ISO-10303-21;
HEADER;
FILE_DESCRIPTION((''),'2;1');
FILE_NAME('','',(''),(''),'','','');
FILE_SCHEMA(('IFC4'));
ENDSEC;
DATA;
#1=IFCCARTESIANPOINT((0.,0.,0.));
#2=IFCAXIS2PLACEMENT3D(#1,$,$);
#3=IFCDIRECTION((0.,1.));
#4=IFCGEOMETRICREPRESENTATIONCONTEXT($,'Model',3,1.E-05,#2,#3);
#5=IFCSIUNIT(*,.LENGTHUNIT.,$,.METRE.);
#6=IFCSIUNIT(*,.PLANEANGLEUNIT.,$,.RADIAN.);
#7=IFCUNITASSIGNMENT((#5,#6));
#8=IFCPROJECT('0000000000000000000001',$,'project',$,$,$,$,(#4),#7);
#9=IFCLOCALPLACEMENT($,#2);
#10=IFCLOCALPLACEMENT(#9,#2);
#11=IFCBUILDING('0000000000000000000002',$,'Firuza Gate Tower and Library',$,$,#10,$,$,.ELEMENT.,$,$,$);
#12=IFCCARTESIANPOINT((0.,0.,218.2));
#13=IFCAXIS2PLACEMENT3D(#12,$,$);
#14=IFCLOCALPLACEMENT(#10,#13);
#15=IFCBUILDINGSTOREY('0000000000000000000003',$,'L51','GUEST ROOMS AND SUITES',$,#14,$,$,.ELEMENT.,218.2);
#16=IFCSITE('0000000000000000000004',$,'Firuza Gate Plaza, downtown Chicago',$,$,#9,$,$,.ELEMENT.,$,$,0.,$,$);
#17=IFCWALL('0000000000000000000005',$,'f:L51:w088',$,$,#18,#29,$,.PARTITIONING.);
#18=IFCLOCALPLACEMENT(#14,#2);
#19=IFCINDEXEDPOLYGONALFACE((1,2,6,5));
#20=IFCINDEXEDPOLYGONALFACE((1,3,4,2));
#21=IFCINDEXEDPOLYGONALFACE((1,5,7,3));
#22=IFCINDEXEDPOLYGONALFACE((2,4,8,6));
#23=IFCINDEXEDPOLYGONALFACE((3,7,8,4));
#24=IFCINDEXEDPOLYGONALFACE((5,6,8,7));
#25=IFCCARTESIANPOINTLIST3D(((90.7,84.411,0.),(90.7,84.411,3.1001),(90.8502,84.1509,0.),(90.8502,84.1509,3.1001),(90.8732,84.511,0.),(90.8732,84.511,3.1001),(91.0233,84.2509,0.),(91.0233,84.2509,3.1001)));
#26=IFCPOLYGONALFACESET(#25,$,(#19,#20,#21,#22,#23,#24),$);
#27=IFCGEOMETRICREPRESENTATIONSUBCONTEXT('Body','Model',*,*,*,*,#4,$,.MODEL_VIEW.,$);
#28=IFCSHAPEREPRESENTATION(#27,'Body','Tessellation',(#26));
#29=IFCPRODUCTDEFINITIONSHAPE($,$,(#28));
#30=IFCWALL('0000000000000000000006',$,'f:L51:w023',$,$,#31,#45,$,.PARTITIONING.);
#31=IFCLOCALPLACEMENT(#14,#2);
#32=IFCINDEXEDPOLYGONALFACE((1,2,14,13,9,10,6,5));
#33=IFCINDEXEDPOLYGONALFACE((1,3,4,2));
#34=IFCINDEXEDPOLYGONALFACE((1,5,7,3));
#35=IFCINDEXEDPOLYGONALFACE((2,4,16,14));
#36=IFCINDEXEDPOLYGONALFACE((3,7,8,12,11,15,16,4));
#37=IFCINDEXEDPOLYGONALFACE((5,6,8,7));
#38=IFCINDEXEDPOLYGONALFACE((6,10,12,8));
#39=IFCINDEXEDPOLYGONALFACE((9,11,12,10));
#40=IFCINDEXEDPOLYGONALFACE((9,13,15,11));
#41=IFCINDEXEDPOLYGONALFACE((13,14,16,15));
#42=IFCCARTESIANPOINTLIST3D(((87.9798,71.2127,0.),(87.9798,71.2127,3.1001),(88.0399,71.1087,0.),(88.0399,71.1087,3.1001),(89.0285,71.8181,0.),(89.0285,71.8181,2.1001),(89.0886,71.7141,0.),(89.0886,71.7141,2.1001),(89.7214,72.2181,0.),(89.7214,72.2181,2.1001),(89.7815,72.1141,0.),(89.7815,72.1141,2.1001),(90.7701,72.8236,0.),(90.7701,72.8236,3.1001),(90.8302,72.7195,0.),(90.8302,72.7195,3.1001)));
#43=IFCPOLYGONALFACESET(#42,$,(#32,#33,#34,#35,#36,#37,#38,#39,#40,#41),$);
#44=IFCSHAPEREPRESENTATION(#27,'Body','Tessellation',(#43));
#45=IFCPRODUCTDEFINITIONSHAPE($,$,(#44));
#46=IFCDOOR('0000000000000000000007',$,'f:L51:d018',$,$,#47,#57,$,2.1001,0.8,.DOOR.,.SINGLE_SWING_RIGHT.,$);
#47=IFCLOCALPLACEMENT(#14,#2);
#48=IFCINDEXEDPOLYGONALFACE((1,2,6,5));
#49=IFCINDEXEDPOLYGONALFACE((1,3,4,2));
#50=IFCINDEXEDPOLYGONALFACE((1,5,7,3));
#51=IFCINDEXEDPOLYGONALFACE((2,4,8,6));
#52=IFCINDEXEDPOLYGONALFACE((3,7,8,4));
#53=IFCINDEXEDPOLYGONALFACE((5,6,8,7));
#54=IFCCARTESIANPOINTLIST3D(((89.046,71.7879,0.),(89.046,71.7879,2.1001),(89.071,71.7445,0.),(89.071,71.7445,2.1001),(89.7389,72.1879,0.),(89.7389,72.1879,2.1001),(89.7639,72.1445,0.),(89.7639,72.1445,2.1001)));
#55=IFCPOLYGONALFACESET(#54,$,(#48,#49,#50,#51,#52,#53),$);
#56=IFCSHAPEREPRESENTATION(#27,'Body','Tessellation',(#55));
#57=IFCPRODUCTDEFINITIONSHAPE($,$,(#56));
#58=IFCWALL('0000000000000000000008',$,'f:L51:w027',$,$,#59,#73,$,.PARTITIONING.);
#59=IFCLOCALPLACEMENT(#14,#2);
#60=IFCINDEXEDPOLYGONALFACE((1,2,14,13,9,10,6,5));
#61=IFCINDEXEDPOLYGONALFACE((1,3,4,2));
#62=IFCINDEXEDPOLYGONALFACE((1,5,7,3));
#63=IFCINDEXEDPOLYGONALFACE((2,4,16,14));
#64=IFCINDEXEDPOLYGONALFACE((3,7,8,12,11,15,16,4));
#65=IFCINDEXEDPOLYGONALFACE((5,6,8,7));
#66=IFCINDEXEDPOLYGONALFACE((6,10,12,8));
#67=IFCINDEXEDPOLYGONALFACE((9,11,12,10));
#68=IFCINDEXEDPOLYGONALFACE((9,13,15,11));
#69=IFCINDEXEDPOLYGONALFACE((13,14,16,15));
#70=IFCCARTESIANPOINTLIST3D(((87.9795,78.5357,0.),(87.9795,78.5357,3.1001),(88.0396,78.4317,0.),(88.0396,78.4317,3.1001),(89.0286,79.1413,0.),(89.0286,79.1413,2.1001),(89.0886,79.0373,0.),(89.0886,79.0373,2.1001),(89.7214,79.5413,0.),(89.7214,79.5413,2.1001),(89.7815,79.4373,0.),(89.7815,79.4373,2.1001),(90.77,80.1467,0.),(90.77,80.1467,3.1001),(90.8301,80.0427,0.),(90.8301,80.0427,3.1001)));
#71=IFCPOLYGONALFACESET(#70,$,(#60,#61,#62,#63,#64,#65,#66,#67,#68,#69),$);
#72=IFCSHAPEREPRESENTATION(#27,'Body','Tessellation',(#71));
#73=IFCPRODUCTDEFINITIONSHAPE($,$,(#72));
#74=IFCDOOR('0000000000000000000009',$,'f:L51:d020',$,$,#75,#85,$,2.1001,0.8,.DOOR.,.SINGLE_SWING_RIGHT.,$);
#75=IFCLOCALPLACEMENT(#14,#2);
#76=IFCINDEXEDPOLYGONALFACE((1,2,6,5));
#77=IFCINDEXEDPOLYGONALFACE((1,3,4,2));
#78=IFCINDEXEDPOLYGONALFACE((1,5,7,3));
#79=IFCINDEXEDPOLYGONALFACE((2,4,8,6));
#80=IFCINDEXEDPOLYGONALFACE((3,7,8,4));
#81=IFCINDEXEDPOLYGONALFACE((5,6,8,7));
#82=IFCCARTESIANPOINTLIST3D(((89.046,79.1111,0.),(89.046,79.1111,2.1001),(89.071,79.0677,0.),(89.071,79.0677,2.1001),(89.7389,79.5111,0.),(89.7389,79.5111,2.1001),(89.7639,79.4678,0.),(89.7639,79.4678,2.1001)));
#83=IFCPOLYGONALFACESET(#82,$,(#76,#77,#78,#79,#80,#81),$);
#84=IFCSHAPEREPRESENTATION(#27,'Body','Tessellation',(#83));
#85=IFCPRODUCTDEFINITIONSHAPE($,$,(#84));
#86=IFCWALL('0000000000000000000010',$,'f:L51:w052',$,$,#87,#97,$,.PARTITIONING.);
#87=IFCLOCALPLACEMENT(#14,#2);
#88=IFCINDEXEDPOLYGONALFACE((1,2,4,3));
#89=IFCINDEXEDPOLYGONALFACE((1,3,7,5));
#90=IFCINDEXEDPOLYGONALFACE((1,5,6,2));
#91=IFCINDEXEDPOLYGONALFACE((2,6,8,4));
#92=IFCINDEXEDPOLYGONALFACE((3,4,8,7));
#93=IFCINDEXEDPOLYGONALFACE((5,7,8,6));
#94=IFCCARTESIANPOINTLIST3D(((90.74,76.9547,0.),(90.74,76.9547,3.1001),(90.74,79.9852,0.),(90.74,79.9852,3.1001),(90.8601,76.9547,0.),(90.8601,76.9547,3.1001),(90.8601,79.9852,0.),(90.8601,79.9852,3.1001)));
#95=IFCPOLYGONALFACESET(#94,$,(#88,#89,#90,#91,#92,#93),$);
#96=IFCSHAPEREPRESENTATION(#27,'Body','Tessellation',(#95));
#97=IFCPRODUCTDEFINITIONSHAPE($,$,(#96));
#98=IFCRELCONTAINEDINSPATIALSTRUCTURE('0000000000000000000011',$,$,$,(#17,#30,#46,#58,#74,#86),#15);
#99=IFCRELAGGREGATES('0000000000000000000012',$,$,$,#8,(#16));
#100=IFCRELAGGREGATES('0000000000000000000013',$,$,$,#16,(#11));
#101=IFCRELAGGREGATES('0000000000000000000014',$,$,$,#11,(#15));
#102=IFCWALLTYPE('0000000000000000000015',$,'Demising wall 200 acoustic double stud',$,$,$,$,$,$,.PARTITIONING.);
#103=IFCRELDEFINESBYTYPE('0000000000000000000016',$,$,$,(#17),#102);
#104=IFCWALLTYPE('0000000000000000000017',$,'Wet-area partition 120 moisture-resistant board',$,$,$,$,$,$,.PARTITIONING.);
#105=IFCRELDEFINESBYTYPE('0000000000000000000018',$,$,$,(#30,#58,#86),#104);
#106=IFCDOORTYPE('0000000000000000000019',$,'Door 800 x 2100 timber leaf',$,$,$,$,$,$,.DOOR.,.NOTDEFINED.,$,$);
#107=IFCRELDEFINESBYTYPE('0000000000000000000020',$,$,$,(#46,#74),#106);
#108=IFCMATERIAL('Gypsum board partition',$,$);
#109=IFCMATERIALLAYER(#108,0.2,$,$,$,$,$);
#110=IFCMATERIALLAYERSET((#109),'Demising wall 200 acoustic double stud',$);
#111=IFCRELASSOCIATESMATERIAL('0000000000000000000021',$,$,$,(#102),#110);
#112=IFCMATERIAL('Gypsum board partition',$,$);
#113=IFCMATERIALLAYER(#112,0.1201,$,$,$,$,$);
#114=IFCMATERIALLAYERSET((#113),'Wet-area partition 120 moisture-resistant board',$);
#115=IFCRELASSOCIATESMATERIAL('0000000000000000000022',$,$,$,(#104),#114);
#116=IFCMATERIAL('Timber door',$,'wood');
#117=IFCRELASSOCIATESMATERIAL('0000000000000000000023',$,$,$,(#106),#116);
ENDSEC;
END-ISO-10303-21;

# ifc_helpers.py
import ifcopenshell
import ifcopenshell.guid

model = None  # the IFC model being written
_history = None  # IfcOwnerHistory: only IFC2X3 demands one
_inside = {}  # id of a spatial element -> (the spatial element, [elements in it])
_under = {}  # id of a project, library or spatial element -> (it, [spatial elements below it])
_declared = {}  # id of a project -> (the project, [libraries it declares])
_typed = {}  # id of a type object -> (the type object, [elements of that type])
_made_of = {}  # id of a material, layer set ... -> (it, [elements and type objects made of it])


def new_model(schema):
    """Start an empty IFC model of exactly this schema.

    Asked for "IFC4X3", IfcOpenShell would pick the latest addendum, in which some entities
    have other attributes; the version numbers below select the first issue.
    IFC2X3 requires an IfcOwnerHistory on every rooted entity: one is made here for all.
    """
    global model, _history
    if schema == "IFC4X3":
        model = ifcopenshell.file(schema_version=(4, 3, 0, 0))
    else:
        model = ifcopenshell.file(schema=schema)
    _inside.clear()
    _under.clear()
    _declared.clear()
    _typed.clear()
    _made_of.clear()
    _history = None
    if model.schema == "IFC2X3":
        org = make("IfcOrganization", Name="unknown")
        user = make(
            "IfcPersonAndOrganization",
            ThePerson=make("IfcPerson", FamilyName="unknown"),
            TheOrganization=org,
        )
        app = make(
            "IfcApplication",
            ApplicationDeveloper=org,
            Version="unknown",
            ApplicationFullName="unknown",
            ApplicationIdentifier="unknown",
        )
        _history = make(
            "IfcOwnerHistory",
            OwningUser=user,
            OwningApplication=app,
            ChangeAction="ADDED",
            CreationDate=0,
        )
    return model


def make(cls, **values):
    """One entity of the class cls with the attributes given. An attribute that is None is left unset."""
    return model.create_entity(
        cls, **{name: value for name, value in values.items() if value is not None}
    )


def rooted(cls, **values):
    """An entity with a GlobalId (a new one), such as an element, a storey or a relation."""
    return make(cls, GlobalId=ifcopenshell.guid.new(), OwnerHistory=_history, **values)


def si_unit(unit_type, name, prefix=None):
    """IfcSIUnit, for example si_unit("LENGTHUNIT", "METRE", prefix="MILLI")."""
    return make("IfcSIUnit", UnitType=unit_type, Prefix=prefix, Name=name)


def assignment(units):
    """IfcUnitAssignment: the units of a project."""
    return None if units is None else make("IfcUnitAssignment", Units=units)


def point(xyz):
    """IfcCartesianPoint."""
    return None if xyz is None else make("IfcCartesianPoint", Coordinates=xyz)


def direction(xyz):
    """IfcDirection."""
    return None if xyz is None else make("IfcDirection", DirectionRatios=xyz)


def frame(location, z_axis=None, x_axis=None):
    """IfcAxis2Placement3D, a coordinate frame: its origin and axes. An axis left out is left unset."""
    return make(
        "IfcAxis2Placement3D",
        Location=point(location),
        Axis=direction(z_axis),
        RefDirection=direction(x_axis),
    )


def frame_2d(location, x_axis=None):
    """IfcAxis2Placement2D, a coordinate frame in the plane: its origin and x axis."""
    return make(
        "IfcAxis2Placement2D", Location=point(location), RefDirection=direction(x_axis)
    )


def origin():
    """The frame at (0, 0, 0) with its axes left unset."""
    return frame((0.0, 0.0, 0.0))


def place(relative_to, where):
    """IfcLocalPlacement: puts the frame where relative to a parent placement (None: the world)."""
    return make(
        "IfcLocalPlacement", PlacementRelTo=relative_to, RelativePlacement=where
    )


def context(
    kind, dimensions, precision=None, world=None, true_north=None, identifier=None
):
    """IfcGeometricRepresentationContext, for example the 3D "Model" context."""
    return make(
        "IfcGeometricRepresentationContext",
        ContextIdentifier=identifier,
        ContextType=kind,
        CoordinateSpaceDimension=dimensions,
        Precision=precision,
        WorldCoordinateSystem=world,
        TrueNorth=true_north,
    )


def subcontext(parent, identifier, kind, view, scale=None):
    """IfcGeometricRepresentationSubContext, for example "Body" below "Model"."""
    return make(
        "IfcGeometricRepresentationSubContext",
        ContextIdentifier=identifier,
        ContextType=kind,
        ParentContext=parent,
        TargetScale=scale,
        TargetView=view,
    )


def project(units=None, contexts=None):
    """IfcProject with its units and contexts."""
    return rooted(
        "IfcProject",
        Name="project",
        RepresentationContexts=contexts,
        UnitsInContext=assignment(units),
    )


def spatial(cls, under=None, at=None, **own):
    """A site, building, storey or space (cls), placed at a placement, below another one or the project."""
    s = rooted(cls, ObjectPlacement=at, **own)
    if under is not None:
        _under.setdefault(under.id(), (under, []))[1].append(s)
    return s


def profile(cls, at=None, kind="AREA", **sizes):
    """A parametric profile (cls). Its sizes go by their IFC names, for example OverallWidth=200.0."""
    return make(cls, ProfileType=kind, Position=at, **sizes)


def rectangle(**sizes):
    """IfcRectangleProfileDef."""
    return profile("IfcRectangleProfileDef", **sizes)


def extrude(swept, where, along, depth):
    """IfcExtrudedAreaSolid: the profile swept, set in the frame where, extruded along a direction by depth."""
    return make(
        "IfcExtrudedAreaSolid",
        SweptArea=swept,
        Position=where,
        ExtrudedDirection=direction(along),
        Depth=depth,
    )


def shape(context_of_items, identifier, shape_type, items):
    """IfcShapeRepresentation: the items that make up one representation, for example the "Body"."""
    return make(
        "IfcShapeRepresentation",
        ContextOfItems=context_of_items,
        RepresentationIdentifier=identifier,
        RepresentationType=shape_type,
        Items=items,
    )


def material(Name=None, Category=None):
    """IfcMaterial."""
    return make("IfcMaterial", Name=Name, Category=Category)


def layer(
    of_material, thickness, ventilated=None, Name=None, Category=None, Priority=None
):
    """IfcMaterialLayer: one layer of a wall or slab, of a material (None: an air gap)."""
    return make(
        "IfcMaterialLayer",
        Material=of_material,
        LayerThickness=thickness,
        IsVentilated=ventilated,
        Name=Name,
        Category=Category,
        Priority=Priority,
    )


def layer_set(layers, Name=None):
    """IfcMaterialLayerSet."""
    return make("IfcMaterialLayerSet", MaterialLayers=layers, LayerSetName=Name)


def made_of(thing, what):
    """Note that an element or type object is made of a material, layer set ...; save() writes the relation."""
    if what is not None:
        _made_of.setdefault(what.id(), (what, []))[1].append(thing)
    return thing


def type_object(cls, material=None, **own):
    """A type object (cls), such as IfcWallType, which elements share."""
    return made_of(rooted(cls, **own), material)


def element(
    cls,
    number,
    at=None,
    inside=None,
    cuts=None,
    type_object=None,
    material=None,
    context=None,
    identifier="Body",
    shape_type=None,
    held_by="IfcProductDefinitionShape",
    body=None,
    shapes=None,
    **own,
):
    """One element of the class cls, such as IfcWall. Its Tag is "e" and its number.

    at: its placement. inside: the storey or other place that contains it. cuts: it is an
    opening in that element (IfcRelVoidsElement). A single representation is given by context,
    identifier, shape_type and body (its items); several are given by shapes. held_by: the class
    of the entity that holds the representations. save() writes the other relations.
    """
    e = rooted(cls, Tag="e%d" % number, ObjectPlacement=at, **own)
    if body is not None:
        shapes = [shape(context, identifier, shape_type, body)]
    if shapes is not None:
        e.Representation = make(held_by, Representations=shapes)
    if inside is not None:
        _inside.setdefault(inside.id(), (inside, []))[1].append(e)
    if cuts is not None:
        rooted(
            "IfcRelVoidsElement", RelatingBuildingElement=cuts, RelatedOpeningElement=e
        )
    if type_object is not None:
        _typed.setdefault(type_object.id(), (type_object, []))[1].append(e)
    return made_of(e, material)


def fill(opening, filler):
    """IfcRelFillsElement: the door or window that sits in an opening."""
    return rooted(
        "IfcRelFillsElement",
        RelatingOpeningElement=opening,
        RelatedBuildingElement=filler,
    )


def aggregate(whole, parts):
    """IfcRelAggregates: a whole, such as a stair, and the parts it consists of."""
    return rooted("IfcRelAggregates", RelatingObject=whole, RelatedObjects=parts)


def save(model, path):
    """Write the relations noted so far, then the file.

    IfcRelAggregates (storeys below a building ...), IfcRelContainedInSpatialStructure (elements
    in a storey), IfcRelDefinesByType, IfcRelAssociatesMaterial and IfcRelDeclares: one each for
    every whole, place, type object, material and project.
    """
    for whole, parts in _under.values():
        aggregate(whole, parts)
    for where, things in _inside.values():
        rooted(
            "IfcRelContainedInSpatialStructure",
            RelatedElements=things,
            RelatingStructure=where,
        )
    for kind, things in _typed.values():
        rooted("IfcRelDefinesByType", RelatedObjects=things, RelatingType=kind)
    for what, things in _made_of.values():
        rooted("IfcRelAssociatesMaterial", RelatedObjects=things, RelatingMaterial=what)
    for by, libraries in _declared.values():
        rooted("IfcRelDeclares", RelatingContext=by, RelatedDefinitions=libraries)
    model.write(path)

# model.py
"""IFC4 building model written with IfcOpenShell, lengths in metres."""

from ifc_helpers import new_model, si_unit, direction, frame, frame_2d, origin, place, context, subcontext, project, spatial, rectangle, extrude, material, layer, layer_set, type_object, element, fill, save


model = new_model("IFC4")

# Units and contexts
model_context = context("Model", 3, precision=1e-05, world=origin(), true_north=direction((0.0, 1.0)))
body_context = subcontext(model_context, "Body", "Model", "MODEL_VIEW")
ifc_project = project(units=[si_unit("LENGTHUNIT", "METRE"), si_unit("PLANEANGLEUNIT", "RADIAN")], contexts=[model_context])

# Site, building, storey
site_placement = place(None, origin())
site = spatial("IfcSite", under=ifc_project, at=site_placement, Name="Firuza Gate Plaza, downtown Chicago", CompositionType="ELEMENT", RefElevation=0.0)
building_placement = place(site_placement, origin())
building = spatial("IfcBuilding", under=site, at=building_placement, Name="Firuza Gate Tower and Library", CompositionType="ELEMENT")
storey_placement = place(building_placement, frame((0.0, 0.0, 218.2)))
storey = spatial("IfcBuildingStorey", under=building, at=storey_placement, Name="L51", Description="GUEST ROOMS AND SUITES", CompositionType="ELEMENT", Elevation=218.2)

# Wall
ifc_material_1 = material(Name="Gypsum board partition")
ifc_layer_1 = layer(ifc_material_1, 0.2)
ifc_layer_set_1 = layer_set([ifc_layer_1], Name="Demising wall 200 acoustic double stud")
wall_type_1 = type_object("IfcWallType", Name="Demising wall 200 acoustic double stud", PredefinedType="PARTITIONING", material=ifc_layer_set_1)
wall_1_placement = place(storey_placement, frame((90.9368, 84.2009, 0.0), z_axis=(0.0, 0.0, 1.0), x_axis=(-0.500074, 0.865982, 0.0)))
element("IfcWall", 1, at=wall_1_placement, inside=storey, type_object=wall_type_1, Name="f:L51:w088", PredefinedType="PARTITIONING", context=body_context, shape_type="SweptSolid", body=[
    extrude(rectangle(XDim=0.3003, YDim=0.2, at=frame_2d((0.1501, 0.0))), origin(), (0.0, 0.0, 1.0), 3.1001),
])

# Walls, openings, doors
ifc_material_2 = material(Name="Gypsum board partition")
ifc_layer_2 = layer(ifc_material_2, 0.1201)
ifc_layer_set_2 = layer_set([ifc_layer_2], Name="Wet-area partition 120 moisture-resistant board")
wall_type_2 = type_object("IfcWallType", Name="Wet-area partition 120 moisture-resistant board", PredefinedType="PARTITIONING", material=ifc_layer_set_2)
wall_2_placement = place(storey_placement, frame((90.8, 72.7715, 0.0), z_axis=(0.0, 0.0, 1.0), x_axis=(-0.866043, -0.49997, 0.0)))
wall_2 = element("IfcWall", 2, at=wall_2_placement, inside=storey, type_object=wall_type_2, Name="f:L51:w023", PredefinedType="PARTITIONING", context=body_context, shape_type="SweptSolid", body=[
    extrude(rectangle(XDim=3.2219, YDim=0.1201, at=frame_2d((1.6108, 0.0))), origin(), (0.0, 0.0, 1.0), 3.1001),
])
opening_1_placement = place(wall_2_placement, frame((1.2109, 0.0, 0.0)))
opening_1 = element("IfcOpeningElement", 3, at=opening_1_placement, cuts=wall_2, PredefinedType="OPENING", context=body_context, shape_type="SweptSolid", body=[
    extrude(rectangle(XDim=0.8, YDim=2.1001, at=frame_2d((0.3999, 1.05))), frame((0.0, 0.0701, 0.0), z_axis=(0.0, -1.0, 0.0), x_axis=(1.0, 0.0, 0.0)), (0.0, 0.0, 1.0), 0.1401),
])
ifc_material_3 = material(Name="Timber door", Category="wood")
door_type_1 = type_object("IfcDoorType", Name="Door 800 x 2100 timber leaf", OperationType="NOTDEFINED", PredefinedType="DOOR", material=ifc_material_3)
door_1_placement = place(opening_1_placement, origin())
door_1 = element("IfcDoor", 4, at=door_1_placement, inside=storey, type_object=door_type_1, Name="f:L51:d018", OperationType="SINGLE_SWING_RIGHT", OverallHeight=2.1001, OverallWidth=0.8, PredefinedType="DOOR", context=body_context, shape_type="SweptSolid", body=[
    extrude(rectangle(XDim=0.8, YDim=2.1001, at=frame_2d((0.3999, 1.05))), frame((0.0, 0.0249, 0.0), z_axis=(0.0, -1.0, 0.0), x_axis=(1.0, 0.0, 0.0)), (0.0, 0.0, 1.0), 0.05),
])
fill(opening_1, door_1)
wall_3_placement = place(storey_placement, frame((90.8, 80.0947, 0.0), z_axis=(0.0, 0.0, 1.0), x_axis=(-0.866029, -0.499994, 0.0)))
wall_3 = element("IfcWall", 5, at=wall_3_placement, inside=storey, type_object=wall_type_2, Name="f:L51:w027", PredefinedType="PARTITIONING", context=body_context, shape_type="SweptSolid", body=[
    extrude(rectangle(XDim=3.2222, YDim=0.1201, at=frame_2d((1.6111, 0.0))), origin(), (0.0, 0.0, 1.0), 3.1001),
])
opening_2_placement = place(wall_3_placement, frame((1.2109, 0.0, 0.0)))
opening_2 = element("IfcOpeningElement", 6, at=opening_2_placement, cuts=wall_3, PredefinedType="OPENING", context=body_context, shape_type="SweptSolid", body=[
    extrude(rectangle(XDim=0.8, YDim=2.1001, at=frame_2d((0.3999, 1.05))), frame((0.0, 0.0701, 0.0), z_axis=(0.0, -1.0, 0.0), x_axis=(1.0, 0.0, 0.0)), (0.0, 0.0, 1.0), 0.1401),
])
door_2_placement = place(opening_2_placement, origin())
door_2 = element("IfcDoor", 7, at=door_2_placement, inside=storey, type_object=door_type_1, Name="f:L51:d020", OperationType="SINGLE_SWING_RIGHT", OverallHeight=2.1001, OverallWidth=0.8, PredefinedType="DOOR", context=body_context, shape_type="SweptSolid", body=[
    extrude(rectangle(XDim=0.8, YDim=2.1001, at=frame_2d((0.3999, 1.05))), frame((0.0, 0.0249, 0.0), z_axis=(0.0, -1.0, 0.0), x_axis=(1.0, 0.0, 0.0)), (0.0, 0.0, 1.0), 0.05),
])
fill(opening_2, door_2)

# Wall
wall_4_placement = place(storey_placement, frame((90.8, 76.9548, 0.0), z_axis=(0.0, 0.0, 1.0), x_axis=(0.0, 1.0, 0.0)))
element("IfcWall", 8, at=wall_4_placement, inside=storey, type_object=wall_type_2, Name="f:L51:w052", PredefinedType="PARTITIONING", context=body_context, shape_type="SweptSolid", body=[
    extrude(rectangle(XDim=3.0305, YDim=0.1201, at=frame_2d((1.5151, 0.0))), origin(), (0.0, 0.0, 1.0), 3.1001),
])

save(model, "model.ifc")
